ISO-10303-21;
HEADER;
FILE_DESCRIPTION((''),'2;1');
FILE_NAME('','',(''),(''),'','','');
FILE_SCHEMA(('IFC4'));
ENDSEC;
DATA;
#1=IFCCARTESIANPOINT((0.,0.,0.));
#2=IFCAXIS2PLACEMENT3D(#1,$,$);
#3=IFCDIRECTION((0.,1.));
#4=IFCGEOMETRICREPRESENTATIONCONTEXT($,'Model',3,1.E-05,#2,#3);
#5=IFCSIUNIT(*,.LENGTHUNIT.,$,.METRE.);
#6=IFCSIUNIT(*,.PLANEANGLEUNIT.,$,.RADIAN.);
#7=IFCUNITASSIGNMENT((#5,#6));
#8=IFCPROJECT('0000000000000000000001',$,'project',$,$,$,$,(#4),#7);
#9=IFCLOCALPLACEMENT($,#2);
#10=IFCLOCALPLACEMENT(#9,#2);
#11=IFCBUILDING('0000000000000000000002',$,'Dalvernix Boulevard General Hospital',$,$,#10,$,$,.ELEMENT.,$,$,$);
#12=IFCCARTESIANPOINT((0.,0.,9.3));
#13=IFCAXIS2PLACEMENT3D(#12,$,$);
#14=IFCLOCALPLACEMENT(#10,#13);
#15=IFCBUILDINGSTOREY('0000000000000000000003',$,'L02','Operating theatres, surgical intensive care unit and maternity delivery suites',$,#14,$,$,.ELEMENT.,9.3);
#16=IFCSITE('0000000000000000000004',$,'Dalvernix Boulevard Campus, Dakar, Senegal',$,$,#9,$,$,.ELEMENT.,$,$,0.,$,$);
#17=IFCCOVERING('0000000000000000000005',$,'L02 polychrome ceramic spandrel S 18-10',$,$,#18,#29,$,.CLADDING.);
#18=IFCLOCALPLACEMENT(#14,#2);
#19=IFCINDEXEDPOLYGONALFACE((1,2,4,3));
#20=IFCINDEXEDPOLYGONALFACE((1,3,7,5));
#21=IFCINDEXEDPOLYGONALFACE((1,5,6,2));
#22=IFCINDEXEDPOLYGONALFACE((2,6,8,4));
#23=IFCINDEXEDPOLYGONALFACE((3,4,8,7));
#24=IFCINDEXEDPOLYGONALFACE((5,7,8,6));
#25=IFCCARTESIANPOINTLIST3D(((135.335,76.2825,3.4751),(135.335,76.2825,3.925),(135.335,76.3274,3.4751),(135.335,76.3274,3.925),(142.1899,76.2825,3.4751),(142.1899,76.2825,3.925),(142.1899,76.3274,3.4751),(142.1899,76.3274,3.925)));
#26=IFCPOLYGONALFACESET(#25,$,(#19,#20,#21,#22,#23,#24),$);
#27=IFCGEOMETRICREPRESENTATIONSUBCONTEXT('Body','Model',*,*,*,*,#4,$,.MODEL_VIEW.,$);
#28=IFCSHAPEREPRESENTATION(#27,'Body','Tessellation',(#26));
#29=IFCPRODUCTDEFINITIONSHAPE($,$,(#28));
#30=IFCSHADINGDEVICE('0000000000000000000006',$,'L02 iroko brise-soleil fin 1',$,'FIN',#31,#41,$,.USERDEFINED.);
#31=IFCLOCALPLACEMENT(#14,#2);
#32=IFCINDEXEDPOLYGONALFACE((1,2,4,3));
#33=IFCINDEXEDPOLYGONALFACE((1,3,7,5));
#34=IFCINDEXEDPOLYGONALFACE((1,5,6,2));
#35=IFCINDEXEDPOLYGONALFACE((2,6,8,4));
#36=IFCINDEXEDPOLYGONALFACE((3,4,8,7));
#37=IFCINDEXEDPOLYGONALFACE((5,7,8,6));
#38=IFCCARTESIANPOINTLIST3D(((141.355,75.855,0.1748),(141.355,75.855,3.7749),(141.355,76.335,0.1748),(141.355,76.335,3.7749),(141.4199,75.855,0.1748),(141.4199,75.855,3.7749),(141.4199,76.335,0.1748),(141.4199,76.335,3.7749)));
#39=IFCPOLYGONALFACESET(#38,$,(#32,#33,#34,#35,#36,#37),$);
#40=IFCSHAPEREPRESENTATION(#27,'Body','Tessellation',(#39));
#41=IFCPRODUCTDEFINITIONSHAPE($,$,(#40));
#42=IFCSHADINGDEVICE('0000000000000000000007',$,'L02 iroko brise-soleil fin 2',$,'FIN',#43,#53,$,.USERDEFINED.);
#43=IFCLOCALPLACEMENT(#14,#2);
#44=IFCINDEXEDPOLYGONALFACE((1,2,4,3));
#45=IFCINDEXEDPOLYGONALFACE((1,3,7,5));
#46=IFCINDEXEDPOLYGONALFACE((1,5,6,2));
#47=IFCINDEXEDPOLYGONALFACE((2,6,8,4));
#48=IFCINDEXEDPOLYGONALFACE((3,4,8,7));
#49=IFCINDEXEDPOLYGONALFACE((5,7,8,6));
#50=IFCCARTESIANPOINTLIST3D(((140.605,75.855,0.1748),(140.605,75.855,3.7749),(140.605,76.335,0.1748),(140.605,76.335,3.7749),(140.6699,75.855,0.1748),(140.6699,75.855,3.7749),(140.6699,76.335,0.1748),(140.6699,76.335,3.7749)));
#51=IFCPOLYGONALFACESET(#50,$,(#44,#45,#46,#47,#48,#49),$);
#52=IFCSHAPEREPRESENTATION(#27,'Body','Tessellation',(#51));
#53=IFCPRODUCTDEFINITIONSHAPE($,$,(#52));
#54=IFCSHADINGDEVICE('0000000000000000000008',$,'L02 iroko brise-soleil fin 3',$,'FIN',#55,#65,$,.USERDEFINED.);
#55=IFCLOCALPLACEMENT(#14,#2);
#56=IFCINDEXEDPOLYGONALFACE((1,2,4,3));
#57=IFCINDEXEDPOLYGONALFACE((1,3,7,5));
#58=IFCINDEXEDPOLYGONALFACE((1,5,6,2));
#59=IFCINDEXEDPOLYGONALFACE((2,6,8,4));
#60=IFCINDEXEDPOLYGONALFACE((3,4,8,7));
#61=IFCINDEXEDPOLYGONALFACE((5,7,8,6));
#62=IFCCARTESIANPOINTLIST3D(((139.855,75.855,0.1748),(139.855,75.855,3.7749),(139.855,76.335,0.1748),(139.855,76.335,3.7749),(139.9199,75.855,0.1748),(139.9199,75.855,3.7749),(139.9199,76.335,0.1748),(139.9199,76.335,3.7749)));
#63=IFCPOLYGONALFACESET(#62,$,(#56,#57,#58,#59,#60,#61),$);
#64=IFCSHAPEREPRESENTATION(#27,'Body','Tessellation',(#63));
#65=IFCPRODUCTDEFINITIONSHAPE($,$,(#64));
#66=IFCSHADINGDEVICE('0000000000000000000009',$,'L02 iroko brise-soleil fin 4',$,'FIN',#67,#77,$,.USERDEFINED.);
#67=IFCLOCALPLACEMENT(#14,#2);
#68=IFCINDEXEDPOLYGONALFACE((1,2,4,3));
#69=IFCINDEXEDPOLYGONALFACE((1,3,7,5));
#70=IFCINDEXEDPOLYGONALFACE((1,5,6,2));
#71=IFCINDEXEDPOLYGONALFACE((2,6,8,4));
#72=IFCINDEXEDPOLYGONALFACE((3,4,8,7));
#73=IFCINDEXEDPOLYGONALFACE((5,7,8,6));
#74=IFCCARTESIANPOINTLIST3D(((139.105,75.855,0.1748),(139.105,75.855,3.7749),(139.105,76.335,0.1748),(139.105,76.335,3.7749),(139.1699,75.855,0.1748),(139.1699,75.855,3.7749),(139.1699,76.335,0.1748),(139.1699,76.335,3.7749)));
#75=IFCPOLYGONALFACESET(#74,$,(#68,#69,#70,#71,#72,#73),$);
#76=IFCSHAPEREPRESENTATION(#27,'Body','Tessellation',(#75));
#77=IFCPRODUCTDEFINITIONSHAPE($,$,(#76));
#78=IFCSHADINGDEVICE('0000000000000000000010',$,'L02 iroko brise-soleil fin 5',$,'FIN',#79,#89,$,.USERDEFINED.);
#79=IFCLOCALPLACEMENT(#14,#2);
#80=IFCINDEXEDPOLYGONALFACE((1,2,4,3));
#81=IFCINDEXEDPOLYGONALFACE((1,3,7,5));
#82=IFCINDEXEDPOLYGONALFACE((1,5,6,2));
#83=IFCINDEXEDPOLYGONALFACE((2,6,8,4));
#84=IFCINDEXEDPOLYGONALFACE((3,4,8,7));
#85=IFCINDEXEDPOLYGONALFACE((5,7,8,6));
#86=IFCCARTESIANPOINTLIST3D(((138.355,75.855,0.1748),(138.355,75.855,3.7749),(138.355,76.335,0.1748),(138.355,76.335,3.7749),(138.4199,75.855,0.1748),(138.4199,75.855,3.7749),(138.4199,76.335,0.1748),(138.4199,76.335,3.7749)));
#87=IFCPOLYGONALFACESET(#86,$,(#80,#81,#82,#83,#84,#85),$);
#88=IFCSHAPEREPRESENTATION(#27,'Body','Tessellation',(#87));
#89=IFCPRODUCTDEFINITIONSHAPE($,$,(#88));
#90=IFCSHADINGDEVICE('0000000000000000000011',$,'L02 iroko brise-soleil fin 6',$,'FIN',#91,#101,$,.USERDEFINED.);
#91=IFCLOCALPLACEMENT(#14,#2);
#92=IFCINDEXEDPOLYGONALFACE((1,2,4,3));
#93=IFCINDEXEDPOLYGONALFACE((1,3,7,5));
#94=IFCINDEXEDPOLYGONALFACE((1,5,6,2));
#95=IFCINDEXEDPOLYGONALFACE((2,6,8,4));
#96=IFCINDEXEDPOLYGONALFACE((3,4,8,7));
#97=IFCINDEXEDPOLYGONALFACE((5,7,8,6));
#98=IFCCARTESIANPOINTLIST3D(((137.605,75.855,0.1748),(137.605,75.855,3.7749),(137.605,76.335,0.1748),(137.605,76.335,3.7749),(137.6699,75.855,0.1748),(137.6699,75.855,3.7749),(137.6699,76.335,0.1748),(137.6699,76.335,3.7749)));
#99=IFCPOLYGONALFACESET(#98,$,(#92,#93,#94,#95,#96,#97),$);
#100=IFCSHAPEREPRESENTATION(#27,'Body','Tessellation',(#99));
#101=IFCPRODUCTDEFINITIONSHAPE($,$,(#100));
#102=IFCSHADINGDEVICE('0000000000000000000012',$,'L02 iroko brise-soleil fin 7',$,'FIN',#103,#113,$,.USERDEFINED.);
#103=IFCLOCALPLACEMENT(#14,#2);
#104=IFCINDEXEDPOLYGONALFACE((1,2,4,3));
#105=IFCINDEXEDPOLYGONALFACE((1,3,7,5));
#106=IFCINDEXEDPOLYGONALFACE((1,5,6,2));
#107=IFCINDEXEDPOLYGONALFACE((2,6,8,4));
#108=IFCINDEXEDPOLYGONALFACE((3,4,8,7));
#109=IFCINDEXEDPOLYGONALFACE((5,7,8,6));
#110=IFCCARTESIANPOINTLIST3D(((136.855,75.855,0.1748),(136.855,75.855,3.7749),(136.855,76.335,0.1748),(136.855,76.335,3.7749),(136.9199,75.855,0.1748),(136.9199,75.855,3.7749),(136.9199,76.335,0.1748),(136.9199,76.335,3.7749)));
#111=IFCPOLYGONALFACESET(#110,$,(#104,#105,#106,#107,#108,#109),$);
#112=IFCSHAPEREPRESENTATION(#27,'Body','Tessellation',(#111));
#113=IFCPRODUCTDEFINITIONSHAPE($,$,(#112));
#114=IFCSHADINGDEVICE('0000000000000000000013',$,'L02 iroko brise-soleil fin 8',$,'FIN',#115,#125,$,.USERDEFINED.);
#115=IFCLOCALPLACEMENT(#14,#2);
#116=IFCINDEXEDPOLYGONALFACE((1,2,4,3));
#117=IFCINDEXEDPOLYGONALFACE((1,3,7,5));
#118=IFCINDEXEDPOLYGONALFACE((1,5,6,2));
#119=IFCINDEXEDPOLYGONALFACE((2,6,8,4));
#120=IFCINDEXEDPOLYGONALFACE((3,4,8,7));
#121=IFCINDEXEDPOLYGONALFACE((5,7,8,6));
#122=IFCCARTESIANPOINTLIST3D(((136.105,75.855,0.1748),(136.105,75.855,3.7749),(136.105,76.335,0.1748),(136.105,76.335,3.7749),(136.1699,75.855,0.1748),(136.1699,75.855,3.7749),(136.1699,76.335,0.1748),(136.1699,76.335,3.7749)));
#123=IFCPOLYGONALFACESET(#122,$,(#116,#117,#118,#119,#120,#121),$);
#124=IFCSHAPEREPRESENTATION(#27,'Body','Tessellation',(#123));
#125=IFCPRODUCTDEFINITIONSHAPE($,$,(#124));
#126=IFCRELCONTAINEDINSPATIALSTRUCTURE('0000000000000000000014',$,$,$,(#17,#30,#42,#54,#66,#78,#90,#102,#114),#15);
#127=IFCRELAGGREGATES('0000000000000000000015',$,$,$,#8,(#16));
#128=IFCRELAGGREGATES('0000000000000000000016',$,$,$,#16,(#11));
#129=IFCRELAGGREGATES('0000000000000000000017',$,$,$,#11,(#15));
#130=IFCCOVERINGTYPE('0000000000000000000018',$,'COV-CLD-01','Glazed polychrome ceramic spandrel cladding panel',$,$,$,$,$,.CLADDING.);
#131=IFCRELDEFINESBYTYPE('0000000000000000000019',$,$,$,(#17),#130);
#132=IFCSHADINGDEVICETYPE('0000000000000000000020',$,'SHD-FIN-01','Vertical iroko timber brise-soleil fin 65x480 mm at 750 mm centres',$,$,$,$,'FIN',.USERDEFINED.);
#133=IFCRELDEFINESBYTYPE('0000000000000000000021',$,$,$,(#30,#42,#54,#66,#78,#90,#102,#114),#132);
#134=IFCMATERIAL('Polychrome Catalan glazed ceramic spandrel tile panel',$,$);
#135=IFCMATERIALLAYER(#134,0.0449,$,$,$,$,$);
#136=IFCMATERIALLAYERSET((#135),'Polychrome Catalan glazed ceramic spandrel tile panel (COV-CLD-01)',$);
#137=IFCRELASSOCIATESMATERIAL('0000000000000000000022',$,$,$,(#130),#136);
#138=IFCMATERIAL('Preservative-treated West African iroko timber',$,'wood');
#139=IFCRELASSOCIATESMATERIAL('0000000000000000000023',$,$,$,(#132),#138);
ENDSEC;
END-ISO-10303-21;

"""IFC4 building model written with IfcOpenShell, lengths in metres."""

from ifc_helpers import new_model, si_unit, direction, frame, origin, origin_2d, place, context, subcontext, project, spatial, rectangle, extrude, material, layer, layer_set, type_object, element, save


model = new_model("IFC4")

# Units and contexts
model_context = context("Model", 3, precision=1e-05, world=origin(), true_north=direction((0.0, 1.0)))
body_context = subcontext(model_context, "Body", "Model", "MODEL_VIEW")
ifc_project = project(units=[si_unit("LENGTHUNIT", "METRE"), si_unit("PLANEANGLEUNIT", "RADIAN")], contexts=[model_context])

# Site, building, storey
site_placement = place(None, origin())
site = spatial("IfcSite", under=ifc_project, at=site_placement, Name="Dalvernix Boulevard Campus, Dakar, Senegal", CompositionType="ELEMENT", RefElevation=0.0)
building_placement = place(site_placement, origin())
building = spatial("IfcBuilding", under=site, at=building_placement, Name="Dalvernix Boulevard General Hospital", CompositionType="ELEMENT")
storey_placement = place(building_placement, frame((0.0, 0.0, 9.3)))
storey = spatial("IfcBuildingStorey", under=building, at=storey_placement, Name="L02", Description="Operating theatres, surgical intensive care unit and maternity delivery suites", CompositionType="ELEMENT", Elevation=9.3)

# Covering
ifc_material_1 = material(Name="Polychrome Catalan glazed ceramic spandrel tile panel")
ifc_layer_1 = layer(ifc_material_1, 0.0449)
ifc_layer_set_1 = layer_set([ifc_layer_1], Name="Polychrome Catalan glazed ceramic spandrel tile panel (COV-CLD-01)")
covering_type_1 = type_object("IfcCoveringType", Name="COV-CLD-01", Description="Glazed polychrome ceramic spandrel cladding panel", PredefinedType="CLADDING", material=ifc_layer_set_1)
covering_1_placement = place(storey_placement, frame((138.7625, 76.3049, 3.4751), z_axis=(0.0, 0.0, 1.0), x_axis=(-1.0, 0.0, 0.0)))
element("IfcCovering", 1, at=covering_1_placement, inside=storey, type_object=covering_type_1, Name="L02 polychrome ceramic spandrel S 18-10", PredefinedType="CLADDING", context=body_context, shape_type="SweptSolid", body=[
    extrude(rectangle(XDim=6.855, YDim=0.0449, at=origin_2d()), origin(), (0.0, 0.0, 1.0), 0.45),
])

# Shading devices
ifc_material_2 = material(Name="Preservative-treated West African iroko timber", Category="wood")
shading_device_type = type_object("IfcShadingDeviceType", Name="SHD-FIN-01", Description="Vertical iroko timber brise-soleil fin 65x480 mm at 750 mm centres", ElementType="FIN", PredefinedType="USERDEFINED", material=ifc_material_2)
for number, where, z_axis, x_axis, name in (
    (2, (141.3875, 76.095, 0.1748), (0.0, 0.0, 1.0), (-1.0, 0.0, 0.0), "L02 iroko brise-soleil fin 1"),
    (3, (140.6375, 76.095, 0.1748), (0.0, 0.0, 1.0), (-1.0, 0.0, 0.0), "L02 iroko brise-soleil fin 2"),
    (4, (139.8875, 76.095, 0.1748), (0.0, 0.0, 1.0), (-1.0, 0.0, 0.0), "L02 iroko brise-soleil fin 3"),
    (5, (139.1375, 76.095, 0.1748), (0.0, 0.0, 1.0), (-1.0, 0.0, 0.0), "L02 iroko brise-soleil fin 4"),
    (6, (138.3875, 76.095, 0.1748), (0.0, 0.0, 1.0), (-1.0, 0.0, 0.0), "L02 iroko brise-soleil fin 5"),
    (7, (137.6375, 76.095, 0.1748), (0.0, 0.0, 1.0), (-1.0, 0.0, 0.0), "L02 iroko brise-soleil fin 6"),
    (8, (136.8875, 76.095, 0.1748), (0.0, 0.0, 1.0), (-1.0, 0.0, 0.0), "L02 iroko brise-soleil fin 7"),
    (9, (136.1375, 76.095, 0.1748), (0.0, 0.0, 1.0), (-1.0, 0.0, 0.0), "L02 iroko brise-soleil fin 8"),
):
    element("IfcShadingDevice", number, at=place(storey_placement, frame(where, z_axis=z_axis, x_axis=x_axis)), inside=storey, type_object=shading_device_type, Name=name, ObjectType="FIN", PredefinedType="USERDEFINED", context=body_context, shape_type="SweptSolid", body=[
        extrude(rectangle(XDim=0.0649, YDim=0.48, at=origin_2d()), origin(), (0.0, 0.0, 1.0), 3.6001),
    ])

save(model, "model.ifc")
